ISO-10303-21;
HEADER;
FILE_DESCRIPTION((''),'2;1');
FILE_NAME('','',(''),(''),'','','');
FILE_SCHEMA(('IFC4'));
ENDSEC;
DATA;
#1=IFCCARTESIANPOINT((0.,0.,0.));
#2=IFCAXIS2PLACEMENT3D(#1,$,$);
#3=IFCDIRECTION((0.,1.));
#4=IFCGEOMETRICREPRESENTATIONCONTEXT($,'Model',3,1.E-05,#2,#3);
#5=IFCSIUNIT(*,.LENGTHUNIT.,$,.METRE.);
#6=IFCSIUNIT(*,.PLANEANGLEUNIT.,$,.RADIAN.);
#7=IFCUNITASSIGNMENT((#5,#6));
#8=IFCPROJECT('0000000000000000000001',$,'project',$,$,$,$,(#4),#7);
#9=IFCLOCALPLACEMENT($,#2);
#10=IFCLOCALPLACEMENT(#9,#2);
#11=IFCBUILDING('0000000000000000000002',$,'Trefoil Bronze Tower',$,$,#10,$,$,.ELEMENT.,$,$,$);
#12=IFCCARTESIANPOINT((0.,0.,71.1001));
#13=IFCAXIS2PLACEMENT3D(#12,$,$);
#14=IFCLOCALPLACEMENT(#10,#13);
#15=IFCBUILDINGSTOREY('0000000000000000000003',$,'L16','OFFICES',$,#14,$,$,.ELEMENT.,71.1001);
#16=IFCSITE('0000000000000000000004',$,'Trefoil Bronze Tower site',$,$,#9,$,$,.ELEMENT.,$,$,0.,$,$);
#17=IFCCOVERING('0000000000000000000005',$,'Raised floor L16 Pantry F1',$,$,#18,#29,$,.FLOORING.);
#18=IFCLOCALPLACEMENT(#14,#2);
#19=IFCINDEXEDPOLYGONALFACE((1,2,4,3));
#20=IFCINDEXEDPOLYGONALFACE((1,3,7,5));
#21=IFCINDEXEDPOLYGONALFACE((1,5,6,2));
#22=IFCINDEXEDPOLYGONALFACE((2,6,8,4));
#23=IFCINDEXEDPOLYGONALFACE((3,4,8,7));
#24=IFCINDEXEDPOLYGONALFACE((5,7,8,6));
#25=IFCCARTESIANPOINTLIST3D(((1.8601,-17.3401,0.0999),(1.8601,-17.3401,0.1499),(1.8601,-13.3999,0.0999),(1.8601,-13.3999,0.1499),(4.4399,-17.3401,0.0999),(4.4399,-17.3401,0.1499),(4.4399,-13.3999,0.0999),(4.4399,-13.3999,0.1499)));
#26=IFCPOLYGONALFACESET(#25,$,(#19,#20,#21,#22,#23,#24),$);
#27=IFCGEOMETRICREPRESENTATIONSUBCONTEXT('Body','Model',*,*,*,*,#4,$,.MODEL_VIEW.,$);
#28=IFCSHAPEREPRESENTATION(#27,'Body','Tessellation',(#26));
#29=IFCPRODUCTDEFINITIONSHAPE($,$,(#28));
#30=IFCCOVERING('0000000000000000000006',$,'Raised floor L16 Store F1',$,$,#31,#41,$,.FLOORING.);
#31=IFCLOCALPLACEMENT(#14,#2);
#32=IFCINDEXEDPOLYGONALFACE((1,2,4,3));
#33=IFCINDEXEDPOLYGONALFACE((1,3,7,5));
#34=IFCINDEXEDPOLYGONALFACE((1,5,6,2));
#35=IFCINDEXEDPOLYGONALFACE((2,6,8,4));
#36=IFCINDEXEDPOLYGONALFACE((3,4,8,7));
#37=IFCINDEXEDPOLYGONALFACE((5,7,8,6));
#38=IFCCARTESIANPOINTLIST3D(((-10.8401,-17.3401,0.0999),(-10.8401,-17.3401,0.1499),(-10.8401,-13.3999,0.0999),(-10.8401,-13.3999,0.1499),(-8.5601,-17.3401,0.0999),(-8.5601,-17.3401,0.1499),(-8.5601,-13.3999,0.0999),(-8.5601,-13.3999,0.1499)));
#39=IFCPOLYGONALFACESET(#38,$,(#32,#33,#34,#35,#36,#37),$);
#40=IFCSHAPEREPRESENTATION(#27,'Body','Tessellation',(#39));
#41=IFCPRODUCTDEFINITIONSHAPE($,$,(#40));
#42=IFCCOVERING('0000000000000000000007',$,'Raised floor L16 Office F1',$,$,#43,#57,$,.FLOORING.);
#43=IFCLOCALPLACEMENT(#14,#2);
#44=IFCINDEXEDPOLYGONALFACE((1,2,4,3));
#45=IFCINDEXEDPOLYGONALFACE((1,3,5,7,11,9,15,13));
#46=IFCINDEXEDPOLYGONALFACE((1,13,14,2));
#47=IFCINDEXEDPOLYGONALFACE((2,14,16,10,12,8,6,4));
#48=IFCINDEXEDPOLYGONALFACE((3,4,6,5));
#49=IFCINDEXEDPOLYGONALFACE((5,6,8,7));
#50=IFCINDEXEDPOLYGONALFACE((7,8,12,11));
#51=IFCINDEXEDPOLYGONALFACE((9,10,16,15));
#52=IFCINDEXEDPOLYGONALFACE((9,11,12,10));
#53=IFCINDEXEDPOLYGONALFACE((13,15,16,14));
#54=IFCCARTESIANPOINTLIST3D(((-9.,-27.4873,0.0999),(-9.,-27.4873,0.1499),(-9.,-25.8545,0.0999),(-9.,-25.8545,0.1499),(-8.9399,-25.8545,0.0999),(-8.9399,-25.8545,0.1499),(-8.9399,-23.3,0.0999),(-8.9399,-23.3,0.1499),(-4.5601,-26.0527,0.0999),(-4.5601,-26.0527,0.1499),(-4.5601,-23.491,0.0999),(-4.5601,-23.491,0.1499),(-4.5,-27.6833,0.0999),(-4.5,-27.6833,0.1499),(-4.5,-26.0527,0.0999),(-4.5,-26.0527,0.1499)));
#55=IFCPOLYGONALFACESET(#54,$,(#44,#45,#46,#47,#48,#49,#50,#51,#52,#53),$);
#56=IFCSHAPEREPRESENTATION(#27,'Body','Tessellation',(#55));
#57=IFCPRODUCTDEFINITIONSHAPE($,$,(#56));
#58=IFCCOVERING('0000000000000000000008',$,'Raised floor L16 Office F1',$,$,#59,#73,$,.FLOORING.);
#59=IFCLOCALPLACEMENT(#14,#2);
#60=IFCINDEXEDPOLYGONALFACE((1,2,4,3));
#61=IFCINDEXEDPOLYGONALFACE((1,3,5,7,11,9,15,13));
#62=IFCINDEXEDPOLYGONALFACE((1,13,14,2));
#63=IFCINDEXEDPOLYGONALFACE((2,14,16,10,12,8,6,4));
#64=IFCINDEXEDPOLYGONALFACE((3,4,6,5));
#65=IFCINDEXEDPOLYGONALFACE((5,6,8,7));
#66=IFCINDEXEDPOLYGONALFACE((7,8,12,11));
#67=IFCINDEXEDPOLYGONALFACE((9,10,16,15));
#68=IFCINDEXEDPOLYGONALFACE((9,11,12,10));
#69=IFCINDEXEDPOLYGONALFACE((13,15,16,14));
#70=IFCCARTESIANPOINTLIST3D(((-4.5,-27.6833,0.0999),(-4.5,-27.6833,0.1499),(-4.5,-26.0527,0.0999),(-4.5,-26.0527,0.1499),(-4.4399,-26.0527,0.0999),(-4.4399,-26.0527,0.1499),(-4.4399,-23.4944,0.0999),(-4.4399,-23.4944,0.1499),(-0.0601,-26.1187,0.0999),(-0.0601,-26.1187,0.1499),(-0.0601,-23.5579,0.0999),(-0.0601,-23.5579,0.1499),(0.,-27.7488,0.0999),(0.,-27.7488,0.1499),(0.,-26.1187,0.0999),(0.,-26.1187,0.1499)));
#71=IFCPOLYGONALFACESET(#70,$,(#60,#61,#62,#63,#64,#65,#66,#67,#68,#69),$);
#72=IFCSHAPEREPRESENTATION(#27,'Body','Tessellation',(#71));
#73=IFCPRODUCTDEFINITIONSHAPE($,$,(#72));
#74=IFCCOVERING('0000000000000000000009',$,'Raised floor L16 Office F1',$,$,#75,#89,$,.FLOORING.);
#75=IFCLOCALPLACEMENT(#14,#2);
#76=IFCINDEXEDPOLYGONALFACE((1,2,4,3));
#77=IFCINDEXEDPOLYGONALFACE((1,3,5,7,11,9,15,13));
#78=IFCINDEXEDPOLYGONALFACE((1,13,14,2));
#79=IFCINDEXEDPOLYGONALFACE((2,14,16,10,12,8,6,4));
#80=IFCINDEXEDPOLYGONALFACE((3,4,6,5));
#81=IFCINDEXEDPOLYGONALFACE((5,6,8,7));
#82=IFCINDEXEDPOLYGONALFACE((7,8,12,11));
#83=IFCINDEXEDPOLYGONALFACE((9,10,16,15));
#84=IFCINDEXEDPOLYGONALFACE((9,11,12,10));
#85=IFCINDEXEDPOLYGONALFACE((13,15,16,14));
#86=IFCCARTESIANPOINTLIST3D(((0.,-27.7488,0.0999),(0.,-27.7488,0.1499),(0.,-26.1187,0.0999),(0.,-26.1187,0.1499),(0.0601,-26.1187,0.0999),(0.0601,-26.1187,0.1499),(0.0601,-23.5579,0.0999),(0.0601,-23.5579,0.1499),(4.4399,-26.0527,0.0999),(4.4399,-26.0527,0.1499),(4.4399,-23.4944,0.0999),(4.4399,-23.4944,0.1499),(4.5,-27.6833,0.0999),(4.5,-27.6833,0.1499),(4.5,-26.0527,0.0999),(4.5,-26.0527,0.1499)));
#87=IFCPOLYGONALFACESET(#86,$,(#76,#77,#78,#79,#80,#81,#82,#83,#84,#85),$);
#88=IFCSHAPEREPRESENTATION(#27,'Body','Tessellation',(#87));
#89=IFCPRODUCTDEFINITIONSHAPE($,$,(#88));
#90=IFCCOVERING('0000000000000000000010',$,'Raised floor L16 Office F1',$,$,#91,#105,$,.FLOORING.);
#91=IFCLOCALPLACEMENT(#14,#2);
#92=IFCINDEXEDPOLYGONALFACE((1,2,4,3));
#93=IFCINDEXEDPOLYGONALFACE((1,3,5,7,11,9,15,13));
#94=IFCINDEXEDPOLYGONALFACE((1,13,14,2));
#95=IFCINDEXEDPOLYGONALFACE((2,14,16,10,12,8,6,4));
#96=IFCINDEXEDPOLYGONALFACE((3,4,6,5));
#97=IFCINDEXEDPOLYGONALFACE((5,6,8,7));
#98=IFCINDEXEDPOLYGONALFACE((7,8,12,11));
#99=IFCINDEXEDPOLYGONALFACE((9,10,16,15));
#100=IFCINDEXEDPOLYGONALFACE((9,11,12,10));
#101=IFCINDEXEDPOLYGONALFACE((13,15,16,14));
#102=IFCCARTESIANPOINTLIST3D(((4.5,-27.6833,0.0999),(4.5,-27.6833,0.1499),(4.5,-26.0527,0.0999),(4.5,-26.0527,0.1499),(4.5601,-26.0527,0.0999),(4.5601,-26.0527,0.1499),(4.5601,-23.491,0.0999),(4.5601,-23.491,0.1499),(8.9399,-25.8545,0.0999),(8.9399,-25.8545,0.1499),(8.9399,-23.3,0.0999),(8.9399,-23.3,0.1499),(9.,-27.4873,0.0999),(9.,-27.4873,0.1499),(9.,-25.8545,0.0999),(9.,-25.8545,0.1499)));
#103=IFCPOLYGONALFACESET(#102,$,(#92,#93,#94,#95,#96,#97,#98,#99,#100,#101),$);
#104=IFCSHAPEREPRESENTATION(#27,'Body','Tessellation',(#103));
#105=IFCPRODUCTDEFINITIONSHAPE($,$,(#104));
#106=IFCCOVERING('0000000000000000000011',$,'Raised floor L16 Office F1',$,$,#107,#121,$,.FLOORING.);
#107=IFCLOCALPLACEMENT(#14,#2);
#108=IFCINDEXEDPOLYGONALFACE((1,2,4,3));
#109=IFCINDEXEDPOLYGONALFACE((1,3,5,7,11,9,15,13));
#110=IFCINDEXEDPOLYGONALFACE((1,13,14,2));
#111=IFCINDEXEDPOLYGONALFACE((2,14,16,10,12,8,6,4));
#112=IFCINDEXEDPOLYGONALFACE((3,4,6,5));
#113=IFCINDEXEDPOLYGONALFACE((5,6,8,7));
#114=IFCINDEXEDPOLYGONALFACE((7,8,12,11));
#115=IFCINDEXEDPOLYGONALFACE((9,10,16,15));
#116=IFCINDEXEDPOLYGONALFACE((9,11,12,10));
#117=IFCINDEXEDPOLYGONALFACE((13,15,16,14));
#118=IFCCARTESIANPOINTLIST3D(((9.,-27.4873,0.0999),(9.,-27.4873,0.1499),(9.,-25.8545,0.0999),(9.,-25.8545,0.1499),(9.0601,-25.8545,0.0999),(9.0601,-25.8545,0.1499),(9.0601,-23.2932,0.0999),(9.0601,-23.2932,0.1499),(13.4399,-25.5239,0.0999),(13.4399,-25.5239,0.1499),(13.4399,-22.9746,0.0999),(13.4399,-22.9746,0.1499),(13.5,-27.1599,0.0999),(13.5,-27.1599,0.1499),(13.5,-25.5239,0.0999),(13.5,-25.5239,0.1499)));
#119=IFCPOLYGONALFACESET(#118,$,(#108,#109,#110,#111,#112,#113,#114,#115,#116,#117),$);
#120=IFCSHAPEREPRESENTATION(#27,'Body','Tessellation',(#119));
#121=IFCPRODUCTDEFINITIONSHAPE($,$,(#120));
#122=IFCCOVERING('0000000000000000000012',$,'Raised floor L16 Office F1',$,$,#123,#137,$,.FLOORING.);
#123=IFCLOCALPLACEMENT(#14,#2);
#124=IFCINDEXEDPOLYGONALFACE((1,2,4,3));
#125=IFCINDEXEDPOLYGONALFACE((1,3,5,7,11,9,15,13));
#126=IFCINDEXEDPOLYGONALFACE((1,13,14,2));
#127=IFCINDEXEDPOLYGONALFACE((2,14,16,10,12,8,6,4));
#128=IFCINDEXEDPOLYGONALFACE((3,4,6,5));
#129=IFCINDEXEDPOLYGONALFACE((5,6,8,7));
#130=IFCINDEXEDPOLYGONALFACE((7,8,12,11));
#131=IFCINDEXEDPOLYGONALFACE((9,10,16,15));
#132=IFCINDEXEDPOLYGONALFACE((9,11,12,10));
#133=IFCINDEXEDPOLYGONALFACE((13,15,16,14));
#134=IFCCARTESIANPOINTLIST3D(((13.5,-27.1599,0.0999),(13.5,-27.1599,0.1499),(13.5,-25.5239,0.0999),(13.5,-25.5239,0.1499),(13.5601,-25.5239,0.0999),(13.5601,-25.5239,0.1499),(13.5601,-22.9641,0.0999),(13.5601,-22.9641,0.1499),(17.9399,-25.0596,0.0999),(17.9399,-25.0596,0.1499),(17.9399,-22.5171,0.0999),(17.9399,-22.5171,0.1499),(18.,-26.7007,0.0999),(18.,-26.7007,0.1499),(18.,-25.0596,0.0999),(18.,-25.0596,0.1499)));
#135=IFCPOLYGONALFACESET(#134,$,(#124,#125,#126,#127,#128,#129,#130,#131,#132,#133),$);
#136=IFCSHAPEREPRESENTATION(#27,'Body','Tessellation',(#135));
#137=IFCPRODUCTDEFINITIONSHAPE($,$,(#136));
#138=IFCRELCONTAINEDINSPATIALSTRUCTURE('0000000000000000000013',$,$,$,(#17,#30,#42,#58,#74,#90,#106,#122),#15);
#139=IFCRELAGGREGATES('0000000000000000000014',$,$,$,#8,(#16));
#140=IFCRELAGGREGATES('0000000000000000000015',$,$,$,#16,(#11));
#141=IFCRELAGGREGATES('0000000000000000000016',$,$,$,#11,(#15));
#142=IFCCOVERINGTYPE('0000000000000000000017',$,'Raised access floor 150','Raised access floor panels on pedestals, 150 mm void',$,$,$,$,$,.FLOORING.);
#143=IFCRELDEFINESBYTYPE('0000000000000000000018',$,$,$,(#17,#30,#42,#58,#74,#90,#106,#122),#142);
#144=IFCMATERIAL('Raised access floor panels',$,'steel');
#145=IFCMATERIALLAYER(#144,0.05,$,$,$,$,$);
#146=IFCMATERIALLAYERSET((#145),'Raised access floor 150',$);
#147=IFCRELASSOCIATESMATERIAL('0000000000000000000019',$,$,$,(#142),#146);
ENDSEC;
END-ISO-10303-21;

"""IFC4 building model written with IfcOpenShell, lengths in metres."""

from ifc_helpers import new_model, si_unit, direction, frame, origin, place, context, subcontext, project, spatial, polyline, outline, extrude, material, layer, layer_set, type_object, element, save


model = new_model("IFC4")

# Units and contexts
model_context = context("Model", 3, precision=1e-05, world=origin(), true_north=direction((0.0, 1.0)))
body_context = subcontext(model_context, "Body", "Model", "MODEL_VIEW")
ifc_project = project(units=[si_unit("LENGTHUNIT", "METRE"), si_unit("PLANEANGLEUNIT", "RADIAN")], contexts=[model_context])

# Site, building, storey
site_placement = place(None, origin())
site = spatial("IfcSite", under=ifc_project, at=site_placement, Name="Trefoil Bronze Tower site", CompositionType="ELEMENT", RefElevation=0.0)
building_placement = place(site_placement, origin())
building = spatial("IfcBuilding", under=site, at=building_placement, Name="Trefoil Bronze Tower", CompositionType="ELEMENT")
storey_placement = place(building_placement, frame((0.0, 0.0, 71.1001)))
storey = spatial("IfcBuildingStorey", under=building, at=storey_placement, Name="L16", Description="OFFICES", CompositionType="ELEMENT", Elevation=71.1001)

# Coverings
ifc_material_1 = material(Name="Raised access floor panels", Category="steel")
ifc_layer_1 = layer(ifc_material_1, 0.05)
ifc_layer_set_1 = layer_set([ifc_layer_1], Name="Raised access floor 150")
covering_type_1 = type_object("IfcCoveringType", Name="Raised access floor 150", Description="Raised access floor panels on pedestals, 150 mm void", PredefinedType="FLOORING", material=ifc_layer_set_1)
covering_1_placement = place(storey_placement, frame((0.0, 0.0, 0.0999)))
element("IfcCovering", 1, at=covering_1_placement, inside=storey, type_object=covering_type_1, Name="Raised floor L16 Pantry F1", PredefinedType="FLOORING", context=body_context, shape_type="SweptSolid", body=[
    extrude(outline(polyline([(4.4399, -13.3999), (4.4399, -17.3401), (1.8601, -17.3401), (1.8601, -13.3999), (4.4399, -13.3999)])), origin(), (0.0, 0.0, 1.0), 0.05),
])
covering_2_placement = place(storey_placement, frame((0.0, 0.0, 0.0999)))
element("IfcCovering", 2, at=covering_2_placement, inside=storey, type_object=covering_type_1, Name="Raised floor L16 Store F1", PredefinedType="FLOORING", context=body_context, shape_type="SweptSolid", body=[
    extrude(outline(polyline([(-8.5601, -13.3999), (-8.5601, -17.3401), (-10.8401, -17.3401), (-10.8401, -13.3999), (-8.5601, -13.3999)])), origin(), (0.0, 0.0, 1.0), 0.05),
])
covering_3_placement = place(storey_placement, frame((0.0, 0.0, 0.0999)))
element("IfcCovering", 3, at=covering_3_placement, inside=storey, type_object=covering_type_1, Name="Raised floor L16 Office F1", PredefinedType="FLOORING", context=body_context, shape_type="SweptSolid", body=[
    extrude(outline(polyline([(-4.5, -27.6833), (-9.0, -27.4873), (-9.0, -25.8545), (-8.9399, -25.8545), (-8.9399, -23.3), (-4.5601, -23.491), (-4.5601, -26.0527), (-4.5, -26.0527), (-4.5, -27.6833)])), origin(), (0.0, 0.0, 1.0), 0.05),
])
covering_4_placement = place(storey_placement, frame((0.0, 0.0, 0.0999)))
element("IfcCovering", 4, at=covering_4_placement, inside=storey, type_object=covering_type_1, Name="Raised floor L16 Office F1", PredefinedType="FLOORING", context=body_context, shape_type="SweptSolid", body=[
    extrude(outline(polyline([(0.0, -27.7488), (-4.5, -27.6833), (-4.5, -26.0527), (-4.4399, -26.0527), (-4.4399, -23.4944), (-0.0601, -23.5579), (-0.0601, -26.1187), (0.0, -26.1187), (0.0, -27.7488)])), origin(), (0.0, 0.0, 1.0), 0.05),
])
covering_5_placement = place(storey_placement, frame((0.0, 0.0, 0.0999)))
element("IfcCovering", 5, at=covering_5_placement, inside=storey, type_object=covering_type_1, Name="Raised floor L16 Office F1", PredefinedType="FLOORING", context=body_context, shape_type="SweptSolid", body=[
    extrude(outline(polyline([(4.5, -27.6833), (0.0, -27.7488), (0.0, -26.1187), (0.0601, -26.1187), (0.0601, -23.5579), (4.4399, -23.4944), (4.4399, -26.0527), (4.5, -26.0527), (4.5, -27.6833)])), origin(), (0.0, 0.0, 1.0), 0.05),
])
covering_6_placement = place(storey_placement, frame((0.0, 0.0, 0.0999)))
element("IfcCovering", 6, at=covering_6_placement, inside=storey, type_object=covering_type_1, Name="Raised floor L16 Office F1", PredefinedType="FLOORING", context=body_context, shape_type="SweptSolid", body=[
    extrude(outline(polyline([(9.0, -27.4873), (4.5, -27.6833), (4.5, -26.0527), (4.5601, -26.0527), (4.5601, -23.491), (8.9399, -23.3), (8.9399, -25.8545), (9.0, -25.8545), (9.0, -27.4873)])), origin(), (0.0, 0.0, 1.0), 0.05),
])
covering_7_placement = place(storey_placement, frame((0.0, 0.0, 0.0999)))
element("IfcCovering", 7, at=covering_7_placement, inside=storey, type_object=covering_type_1, Name="Raised floor L16 Office F1", PredefinedType="FLOORING", context=body_context, shape_type="SweptSolid", body=[
    extrude(outline(polyline([(13.5, -27.1599), (9.0, -27.4873), (9.0, -25.8545), (9.0601, -25.8545), (9.0601, -23.2932), (13.4399, -22.9746), (13.4399, -25.5239), (13.5, -25.5239), (13.5, -27.1599)])), origin(), (0.0, 0.0, 1.0), 0.05),
])
covering_8_placement = place(storey_placement, frame((0.0, 0.0, 0.0999)))
element("IfcCovering", 8, at=covering_8_placement, inside=storey, type_object=covering_type_1, Name="Raised floor L16 Office F1", PredefinedType="FLOORING", context=body_context, shape_type="SweptSolid", body=[
    extrude(outline(polyline([(18.0, -26.7007), (13.5, -27.1599), (13.5, -25.5239), (13.5601, -25.5239), (13.5601, -22.9641), (17.9399, -22.5171), (17.9399, -25.0596), (18.0, -25.0596), (18.0, -26.7007)])), origin(), (0.0, 0.0, 1.0), 0.05),
])

save(model, "model.ifc")
